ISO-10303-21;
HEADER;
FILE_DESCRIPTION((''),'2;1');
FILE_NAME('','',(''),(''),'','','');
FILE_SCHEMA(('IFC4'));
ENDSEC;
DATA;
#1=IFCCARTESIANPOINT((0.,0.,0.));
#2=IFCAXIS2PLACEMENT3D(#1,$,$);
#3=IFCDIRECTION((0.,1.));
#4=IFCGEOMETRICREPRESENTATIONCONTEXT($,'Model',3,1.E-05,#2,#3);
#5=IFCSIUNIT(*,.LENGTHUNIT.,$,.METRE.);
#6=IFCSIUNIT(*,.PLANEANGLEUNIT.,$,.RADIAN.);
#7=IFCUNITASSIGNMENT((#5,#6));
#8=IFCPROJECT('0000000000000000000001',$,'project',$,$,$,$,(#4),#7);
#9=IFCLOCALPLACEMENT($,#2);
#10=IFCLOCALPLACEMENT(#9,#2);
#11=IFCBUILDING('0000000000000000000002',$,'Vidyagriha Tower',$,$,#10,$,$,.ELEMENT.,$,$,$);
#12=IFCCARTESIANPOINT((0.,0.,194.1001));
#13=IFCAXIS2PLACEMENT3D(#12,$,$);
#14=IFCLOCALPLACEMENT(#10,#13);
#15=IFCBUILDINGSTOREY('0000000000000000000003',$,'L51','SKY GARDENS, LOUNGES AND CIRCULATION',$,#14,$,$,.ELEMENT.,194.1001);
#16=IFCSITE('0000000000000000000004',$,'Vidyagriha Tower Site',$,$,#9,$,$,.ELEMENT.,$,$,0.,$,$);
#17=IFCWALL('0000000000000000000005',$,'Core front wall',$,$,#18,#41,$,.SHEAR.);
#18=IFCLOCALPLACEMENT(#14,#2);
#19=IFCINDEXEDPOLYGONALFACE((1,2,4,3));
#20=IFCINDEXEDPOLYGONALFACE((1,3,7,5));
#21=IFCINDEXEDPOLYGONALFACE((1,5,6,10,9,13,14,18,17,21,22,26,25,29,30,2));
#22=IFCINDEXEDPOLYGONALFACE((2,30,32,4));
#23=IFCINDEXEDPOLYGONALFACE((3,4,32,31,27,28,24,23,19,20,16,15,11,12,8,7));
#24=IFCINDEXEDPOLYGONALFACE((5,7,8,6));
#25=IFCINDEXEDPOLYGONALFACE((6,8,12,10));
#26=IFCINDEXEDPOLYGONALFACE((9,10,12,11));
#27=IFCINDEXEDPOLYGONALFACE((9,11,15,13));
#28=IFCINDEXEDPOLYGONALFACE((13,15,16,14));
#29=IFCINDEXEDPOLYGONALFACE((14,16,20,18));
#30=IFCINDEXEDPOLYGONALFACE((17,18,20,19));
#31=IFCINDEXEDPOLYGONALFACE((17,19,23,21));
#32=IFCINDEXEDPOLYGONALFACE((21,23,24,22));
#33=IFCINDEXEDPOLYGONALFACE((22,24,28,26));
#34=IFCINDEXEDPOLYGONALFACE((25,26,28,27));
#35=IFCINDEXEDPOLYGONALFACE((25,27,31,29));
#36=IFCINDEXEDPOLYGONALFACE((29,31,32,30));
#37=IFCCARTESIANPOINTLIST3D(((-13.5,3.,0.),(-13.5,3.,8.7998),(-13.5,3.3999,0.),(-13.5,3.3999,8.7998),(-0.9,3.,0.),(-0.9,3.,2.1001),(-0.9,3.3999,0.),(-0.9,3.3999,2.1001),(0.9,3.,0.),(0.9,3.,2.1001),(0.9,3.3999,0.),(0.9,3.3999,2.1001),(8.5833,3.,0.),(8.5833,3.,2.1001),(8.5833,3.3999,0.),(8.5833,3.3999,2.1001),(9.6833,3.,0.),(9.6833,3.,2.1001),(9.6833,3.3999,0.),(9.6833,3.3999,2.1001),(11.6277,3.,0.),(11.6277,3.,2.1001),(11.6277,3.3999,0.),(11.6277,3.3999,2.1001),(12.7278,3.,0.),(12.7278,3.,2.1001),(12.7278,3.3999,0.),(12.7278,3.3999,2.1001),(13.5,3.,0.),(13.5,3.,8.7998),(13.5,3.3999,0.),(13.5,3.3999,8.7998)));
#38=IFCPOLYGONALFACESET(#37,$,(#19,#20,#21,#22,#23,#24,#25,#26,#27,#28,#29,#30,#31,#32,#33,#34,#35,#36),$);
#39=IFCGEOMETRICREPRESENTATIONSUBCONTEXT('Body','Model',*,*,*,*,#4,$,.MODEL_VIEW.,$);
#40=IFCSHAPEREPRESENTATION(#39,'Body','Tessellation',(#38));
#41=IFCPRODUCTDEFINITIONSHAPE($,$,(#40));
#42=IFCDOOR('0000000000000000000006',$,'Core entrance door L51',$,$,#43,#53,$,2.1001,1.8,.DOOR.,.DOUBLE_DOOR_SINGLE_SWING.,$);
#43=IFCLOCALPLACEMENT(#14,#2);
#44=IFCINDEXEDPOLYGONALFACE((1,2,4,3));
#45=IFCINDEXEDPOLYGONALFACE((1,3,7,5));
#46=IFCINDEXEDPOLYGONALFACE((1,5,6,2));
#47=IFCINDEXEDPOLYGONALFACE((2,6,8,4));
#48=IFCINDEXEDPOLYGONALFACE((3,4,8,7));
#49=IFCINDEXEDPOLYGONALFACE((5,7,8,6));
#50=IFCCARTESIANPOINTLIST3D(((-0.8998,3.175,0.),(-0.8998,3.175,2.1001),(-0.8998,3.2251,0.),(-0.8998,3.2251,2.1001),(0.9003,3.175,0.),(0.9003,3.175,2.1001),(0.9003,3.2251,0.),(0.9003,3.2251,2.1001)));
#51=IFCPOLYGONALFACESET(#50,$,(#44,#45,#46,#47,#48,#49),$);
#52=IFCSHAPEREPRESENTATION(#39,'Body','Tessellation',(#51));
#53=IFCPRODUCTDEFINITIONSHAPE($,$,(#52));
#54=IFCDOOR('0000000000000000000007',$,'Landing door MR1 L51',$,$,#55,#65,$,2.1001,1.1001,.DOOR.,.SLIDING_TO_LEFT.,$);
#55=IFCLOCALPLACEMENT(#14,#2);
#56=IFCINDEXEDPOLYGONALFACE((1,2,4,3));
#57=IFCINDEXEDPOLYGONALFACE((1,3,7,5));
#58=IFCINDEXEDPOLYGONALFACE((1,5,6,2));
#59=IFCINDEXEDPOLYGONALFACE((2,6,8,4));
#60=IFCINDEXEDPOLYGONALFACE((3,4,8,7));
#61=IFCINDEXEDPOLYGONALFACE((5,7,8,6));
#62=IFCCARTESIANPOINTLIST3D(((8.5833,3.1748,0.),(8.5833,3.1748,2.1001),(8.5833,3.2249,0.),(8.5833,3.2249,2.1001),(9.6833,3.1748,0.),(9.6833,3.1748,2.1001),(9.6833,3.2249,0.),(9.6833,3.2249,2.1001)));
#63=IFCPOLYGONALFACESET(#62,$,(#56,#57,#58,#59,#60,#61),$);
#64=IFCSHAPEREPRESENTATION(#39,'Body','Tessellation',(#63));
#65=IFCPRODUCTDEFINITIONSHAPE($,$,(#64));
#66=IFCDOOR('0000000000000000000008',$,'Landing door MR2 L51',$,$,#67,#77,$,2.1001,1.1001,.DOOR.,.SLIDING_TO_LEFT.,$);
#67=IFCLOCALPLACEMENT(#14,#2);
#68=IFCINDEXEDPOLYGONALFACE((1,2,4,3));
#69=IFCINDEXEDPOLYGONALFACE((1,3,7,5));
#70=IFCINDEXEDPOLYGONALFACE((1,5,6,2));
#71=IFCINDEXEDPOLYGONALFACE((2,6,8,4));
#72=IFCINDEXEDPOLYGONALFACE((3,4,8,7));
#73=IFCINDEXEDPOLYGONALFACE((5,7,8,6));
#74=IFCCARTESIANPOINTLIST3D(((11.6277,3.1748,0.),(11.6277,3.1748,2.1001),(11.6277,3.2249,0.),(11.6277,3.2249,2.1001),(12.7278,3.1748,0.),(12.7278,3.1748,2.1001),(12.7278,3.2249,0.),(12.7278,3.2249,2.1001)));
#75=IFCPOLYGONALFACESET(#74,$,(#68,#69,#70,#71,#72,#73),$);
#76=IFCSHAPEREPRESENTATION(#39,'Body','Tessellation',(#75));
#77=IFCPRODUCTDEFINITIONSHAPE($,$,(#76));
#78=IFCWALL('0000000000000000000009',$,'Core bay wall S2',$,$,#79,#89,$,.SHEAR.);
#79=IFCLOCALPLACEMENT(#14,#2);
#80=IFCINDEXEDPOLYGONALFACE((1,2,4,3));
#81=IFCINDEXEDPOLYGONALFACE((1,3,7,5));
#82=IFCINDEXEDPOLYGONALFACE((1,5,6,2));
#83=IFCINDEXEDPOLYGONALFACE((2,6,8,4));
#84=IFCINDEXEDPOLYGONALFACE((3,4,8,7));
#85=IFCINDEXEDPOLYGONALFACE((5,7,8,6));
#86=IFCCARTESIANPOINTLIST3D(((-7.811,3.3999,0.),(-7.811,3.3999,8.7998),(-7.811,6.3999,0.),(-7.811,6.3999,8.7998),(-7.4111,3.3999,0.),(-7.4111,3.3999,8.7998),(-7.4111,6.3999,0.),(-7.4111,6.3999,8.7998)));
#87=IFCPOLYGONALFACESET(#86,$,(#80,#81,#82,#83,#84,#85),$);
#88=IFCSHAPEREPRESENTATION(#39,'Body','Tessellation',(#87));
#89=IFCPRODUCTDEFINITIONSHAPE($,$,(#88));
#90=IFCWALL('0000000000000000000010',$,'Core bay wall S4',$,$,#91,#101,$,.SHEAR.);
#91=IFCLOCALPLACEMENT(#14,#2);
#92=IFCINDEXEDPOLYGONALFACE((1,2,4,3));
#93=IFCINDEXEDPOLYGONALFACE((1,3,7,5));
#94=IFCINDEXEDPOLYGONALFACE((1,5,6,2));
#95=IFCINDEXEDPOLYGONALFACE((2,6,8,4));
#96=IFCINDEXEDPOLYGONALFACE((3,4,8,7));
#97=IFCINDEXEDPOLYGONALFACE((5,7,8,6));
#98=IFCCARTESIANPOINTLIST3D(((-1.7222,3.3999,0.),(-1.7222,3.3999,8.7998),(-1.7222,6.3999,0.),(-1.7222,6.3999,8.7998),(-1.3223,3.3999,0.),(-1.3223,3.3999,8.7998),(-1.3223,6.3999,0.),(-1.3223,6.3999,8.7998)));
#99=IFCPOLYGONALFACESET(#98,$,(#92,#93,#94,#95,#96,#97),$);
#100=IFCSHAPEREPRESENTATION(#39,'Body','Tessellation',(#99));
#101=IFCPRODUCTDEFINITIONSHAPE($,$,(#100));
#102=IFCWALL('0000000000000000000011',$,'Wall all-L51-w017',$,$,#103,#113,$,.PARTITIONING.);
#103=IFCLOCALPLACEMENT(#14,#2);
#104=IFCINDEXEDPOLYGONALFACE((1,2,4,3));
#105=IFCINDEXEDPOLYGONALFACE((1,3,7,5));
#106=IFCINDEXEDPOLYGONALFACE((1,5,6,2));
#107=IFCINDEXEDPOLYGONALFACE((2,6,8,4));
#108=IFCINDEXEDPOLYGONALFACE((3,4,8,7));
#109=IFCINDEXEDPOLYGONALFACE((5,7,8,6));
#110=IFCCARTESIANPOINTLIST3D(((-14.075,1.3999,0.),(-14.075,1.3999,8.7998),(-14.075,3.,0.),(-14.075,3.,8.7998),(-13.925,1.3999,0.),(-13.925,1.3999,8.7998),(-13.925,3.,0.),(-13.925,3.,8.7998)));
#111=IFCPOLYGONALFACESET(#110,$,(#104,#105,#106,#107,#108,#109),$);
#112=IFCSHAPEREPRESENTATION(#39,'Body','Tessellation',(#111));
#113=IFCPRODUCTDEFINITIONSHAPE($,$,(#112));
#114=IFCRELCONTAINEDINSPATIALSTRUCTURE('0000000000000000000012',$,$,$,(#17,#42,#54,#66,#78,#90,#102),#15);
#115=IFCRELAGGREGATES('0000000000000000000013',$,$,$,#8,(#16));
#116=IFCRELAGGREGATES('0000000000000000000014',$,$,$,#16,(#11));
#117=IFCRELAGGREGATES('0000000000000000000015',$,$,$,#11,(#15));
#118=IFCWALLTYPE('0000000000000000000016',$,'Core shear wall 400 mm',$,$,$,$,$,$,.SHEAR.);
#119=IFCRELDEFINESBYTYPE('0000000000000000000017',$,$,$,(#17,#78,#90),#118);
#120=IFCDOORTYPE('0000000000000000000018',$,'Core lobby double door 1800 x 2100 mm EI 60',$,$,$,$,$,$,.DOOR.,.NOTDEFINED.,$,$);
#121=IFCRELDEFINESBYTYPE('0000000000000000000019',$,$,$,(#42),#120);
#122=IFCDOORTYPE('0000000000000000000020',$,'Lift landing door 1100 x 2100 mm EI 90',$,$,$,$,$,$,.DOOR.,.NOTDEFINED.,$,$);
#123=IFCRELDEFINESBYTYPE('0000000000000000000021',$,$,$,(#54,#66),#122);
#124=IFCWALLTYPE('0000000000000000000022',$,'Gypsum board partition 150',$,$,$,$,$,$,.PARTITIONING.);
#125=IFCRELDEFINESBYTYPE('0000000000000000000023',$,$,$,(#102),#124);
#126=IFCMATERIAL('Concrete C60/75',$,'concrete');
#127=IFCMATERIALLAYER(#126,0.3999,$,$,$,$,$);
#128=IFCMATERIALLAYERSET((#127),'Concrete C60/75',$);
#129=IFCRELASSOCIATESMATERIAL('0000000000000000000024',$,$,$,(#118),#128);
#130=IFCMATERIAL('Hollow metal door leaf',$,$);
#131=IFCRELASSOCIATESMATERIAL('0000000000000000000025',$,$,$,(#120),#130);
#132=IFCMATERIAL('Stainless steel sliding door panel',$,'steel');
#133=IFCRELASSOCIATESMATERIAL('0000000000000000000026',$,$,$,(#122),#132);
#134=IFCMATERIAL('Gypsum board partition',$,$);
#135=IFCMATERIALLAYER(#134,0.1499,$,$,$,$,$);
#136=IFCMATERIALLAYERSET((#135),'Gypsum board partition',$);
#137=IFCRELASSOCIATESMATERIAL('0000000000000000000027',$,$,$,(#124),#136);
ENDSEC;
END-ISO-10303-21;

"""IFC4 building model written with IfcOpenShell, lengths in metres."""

from ifc_helpers import new_model, si_unit, direction, frame, frame_2d, origin, place, context, subcontext, project, spatial, rectangle, extrude, material, layer, layer_set, type_object, element, fill, save


model = new_model("IFC4")

# Units and contexts
model_context = context("Model", 3, precision=1e-05, world=origin(), true_north=direction((0.0, 1.0)))
body_context = subcontext(model_context, "Body", "Model", "MODEL_VIEW")
ifc_project = project(units=[si_unit("LENGTHUNIT", "METRE"), si_unit("PLANEANGLEUNIT", "RADIAN")], contexts=[model_context])

# Site, building, storey
site_placement = place(None, origin())
site = spatial("IfcSite", under=ifc_project, at=site_placement, Name="Vidyagriha Tower Site", CompositionType="ELEMENT", RefElevation=0.0)
building_placement = place(site_placement, origin())
building = spatial("IfcBuilding", under=site, at=building_placement, Name="Vidyagriha Tower", CompositionType="ELEMENT")
storey_placement = place(building_placement, frame((0.0, 0.0, 194.1001)))
storey = spatial("IfcBuildingStorey", under=building, at=storey_placement, Name="L51", Description="SKY GARDENS, LOUNGES AND CIRCULATION", CompositionType="ELEMENT", Elevation=194.1001)

# Shared definitions
ifc_material_1 = material(Name="Concrete C60/75", Category="concrete")
ifc_layer_1 = layer(ifc_material_1, 0.3999)
ifc_layer_set_1 = layer_set([ifc_layer_1], Name="Concrete C60/75")
wall_type_1 = type_object("IfcWallType", Name="Core shear wall 400 mm", PredefinedType="SHEAR", material=ifc_layer_set_1)

# Wall, openings, doors
wall_1_placement = place(storey_placement, frame((-13.5, 3.2, 0.0)))
wall_1 = element("IfcWall", 1, at=wall_1_placement, inside=storey, type_object=wall_type_1, Name="Core front wall", PredefinedType="SHEAR", context=body_context, shape_type="SweptSolid", body=[
    extrude(rectangle(XDim=27.0, YDim=0.3999, at=frame_2d((13.5, 0.0))), origin(), (0.0, 0.0, 1.0), 8.7998),
])
opening_1_placement = place(wall_1_placement, frame((22.0833, 0.0, 0.0)))
opening_1 = element("IfcOpeningElement", 2, at=opening_1_placement, cuts=wall_1, PredefinedType="OPENING", context=body_context, shape_type="SweptSolid", body=[
    extrude(rectangle(XDim=1.1001, YDim=2.1001, at=frame_2d((0.55, 1.05))), frame((0.0, 0.21, 0.0), z_axis=(0.0, -1.0, 0.0), x_axis=(1.0, 0.0, 0.0)), (0.0, 0.0, 1.0), 0.4199),
])
opening_2_placement = place(wall_1_placement, frame((25.1277, 0.0, 0.0)))
opening_2 = element("IfcOpeningElement", 3, at=opening_2_placement, cuts=wall_1, PredefinedType="OPENING", context=body_context, shape_type="SweptSolid", body=[
    extrude(rectangle(XDim=1.1001, YDim=2.1001, at=frame_2d((0.55, 1.05))), frame((0.0, 0.21, 0.0), z_axis=(0.0, -1.0, 0.0), x_axis=(1.0, 0.0, 0.0)), (0.0, 0.0, 1.0), 0.4199),
])
opening_3_placement = place(wall_1_placement, frame((12.6001, 0.0, 0.0)))
opening_3 = element("IfcOpeningElement", 4, at=opening_3_placement, cuts=wall_1, PredefinedType="OPENING", context=body_context, shape_type="SweptSolid", body=[
    extrude(rectangle(XDim=1.8, YDim=2.1001, at=frame_2d((0.8999, 1.05))), frame((0.0, 0.21, 0.0), z_axis=(0.0, -1.0, 0.0), x_axis=(1.0, 0.0, 0.0)), (0.0, 0.0, 1.0), 0.4199),
])
ifc_material_2 = material(Name="Hollow metal door leaf")
door_type_1 = type_object("IfcDoorType", Name="Core lobby double door 1800 x 2100 mm EI 60", OperationType="NOTDEFINED", PredefinedType="DOOR", material=ifc_material_2)
door_1_placement = place(opening_3_placement, frame((1.8, 0.0, 0.0), z_axis=(0.0, 0.0, 1.0), x_axis=(-1.0, 0.0, 0.0)))
door_1 = element("IfcDoor", 5, at=door_1_placement, inside=storey, type_object=door_type_1, Name="Core entrance door L51", OperationType="DOUBLE_DOOR_SINGLE_SWING", OverallHeight=2.1001, OverallWidth=1.8, PredefinedType="DOOR", context=body_context, shape_type="SweptSolid", body=[
    extrude(rectangle(XDim=1.8, YDim=2.1001, at=frame_2d((0.8999, 1.05))), frame((0.0, 0.0249, 0.0), z_axis=(0.0, -1.0, 0.0), x_axis=(1.0, 0.0, 0.0)), (0.0, 0.0, 1.0), 0.05),
])
fill(opening_3, door_1)
ifc_material_3 = material(Name="Stainless steel sliding door panel", Category="steel")
door_type_2 = type_object("IfcDoorType", Name="Lift landing door 1100 x 2100 mm EI 90", OperationType="NOTDEFINED", PredefinedType="DOOR", material=ifc_material_3)
door_2_placement = place(opening_1_placement, origin())
door_2 = element("IfcDoor", 6, at=door_2_placement, inside=storey, type_object=door_type_2, Name="Landing door MR1 L51", OperationType="SLIDING_TO_LEFT", OverallHeight=2.1001, OverallWidth=1.1001, PredefinedType="DOOR", context=body_context, shape_type="SweptSolid", body=[
    extrude(rectangle(XDim=1.1001, YDim=2.1001, at=frame_2d((0.55, 1.05))), frame((0.0, 0.0249, 0.0), z_axis=(0.0, -1.0, 0.0), x_axis=(1.0, 0.0, 0.0)), (0.0, 0.0, 1.0), 0.05),
])
fill(opening_1, door_2)
door_3_placement = place(opening_2_placement, origin())
door_3 = element("IfcDoor", 7, at=door_3_placement, inside=storey, type_object=door_type_2, Name="Landing door MR2 L51", OperationType="SLIDING_TO_LEFT", OverallHeight=2.1001, OverallWidth=1.1001, PredefinedType="DOOR", context=body_context, shape_type="SweptSolid", body=[
    extrude(rectangle(XDim=1.1001, YDim=2.1001, at=frame_2d((0.55, 1.05))), frame((0.0, 0.0249, 0.0), z_axis=(0.0, -1.0, 0.0), x_axis=(1.0, 0.0, 0.0)), (0.0, 0.0, 1.0), 0.05),
])
fill(opening_2, door_3)

# Walls
for number, where, z_axis, x_axis, name in (
    (8, (-7.6111, 3.3999, 0.0), (0.0, 0.0, 1.0), (0.0, 1.0, 0.0), "Core bay wall S2"),
    (9, (-1.5222, 3.3999, 0.0), (0.0, 0.0, 1.0), (0.0, 1.0, 0.0), "Core bay wall S4"),
):
    element("IfcWall", number, at=place(storey_placement, frame(where, z_axis=z_axis, x_axis=x_axis)), inside=storey, type_object=wall_type_1, Name=name, PredefinedType="SHEAR", context=body_context, shape_type="SweptSolid", body=[
        extrude(rectangle(XDim=3.0, YDim=0.3999, at=frame_2d((1.5, 0.0))), origin(), (0.0, 0.0, 1.0), 8.7998),
    ])
ifc_material_4 = material(Name="Gypsum board partition")
ifc_layer_2 = layer(ifc_material_4, 0.1499)
ifc_layer_set_2 = layer_set([ifc_layer_2], Name="Gypsum board partition")
wall_type_2 = type_object("IfcWallType", Name="Gypsum board partition 150", PredefinedType="PARTITIONING", material=ifc_layer_set_2)
wall_2_placement = place(storey_placement, frame((-14.0, 1.3999, 0.0), z_axis=(0.0, 0.0, 1.0), x_axis=(0.0, 1.0, 0.0)))
element("IfcWall", 10, at=wall_2_placement, inside=storey, type_object=wall_type_2, Name="Wall all-L51-w017", PredefinedType="PARTITIONING", context=body_context, shape_type="SweptSolid", body=[
    extrude(rectangle(XDim=1.6001, YDim=0.1499, at=frame_2d((0.8, 0.0))), origin(), (0.0, 0.0, 1.0), 8.7998),
])

save(model, "model.ifc")
